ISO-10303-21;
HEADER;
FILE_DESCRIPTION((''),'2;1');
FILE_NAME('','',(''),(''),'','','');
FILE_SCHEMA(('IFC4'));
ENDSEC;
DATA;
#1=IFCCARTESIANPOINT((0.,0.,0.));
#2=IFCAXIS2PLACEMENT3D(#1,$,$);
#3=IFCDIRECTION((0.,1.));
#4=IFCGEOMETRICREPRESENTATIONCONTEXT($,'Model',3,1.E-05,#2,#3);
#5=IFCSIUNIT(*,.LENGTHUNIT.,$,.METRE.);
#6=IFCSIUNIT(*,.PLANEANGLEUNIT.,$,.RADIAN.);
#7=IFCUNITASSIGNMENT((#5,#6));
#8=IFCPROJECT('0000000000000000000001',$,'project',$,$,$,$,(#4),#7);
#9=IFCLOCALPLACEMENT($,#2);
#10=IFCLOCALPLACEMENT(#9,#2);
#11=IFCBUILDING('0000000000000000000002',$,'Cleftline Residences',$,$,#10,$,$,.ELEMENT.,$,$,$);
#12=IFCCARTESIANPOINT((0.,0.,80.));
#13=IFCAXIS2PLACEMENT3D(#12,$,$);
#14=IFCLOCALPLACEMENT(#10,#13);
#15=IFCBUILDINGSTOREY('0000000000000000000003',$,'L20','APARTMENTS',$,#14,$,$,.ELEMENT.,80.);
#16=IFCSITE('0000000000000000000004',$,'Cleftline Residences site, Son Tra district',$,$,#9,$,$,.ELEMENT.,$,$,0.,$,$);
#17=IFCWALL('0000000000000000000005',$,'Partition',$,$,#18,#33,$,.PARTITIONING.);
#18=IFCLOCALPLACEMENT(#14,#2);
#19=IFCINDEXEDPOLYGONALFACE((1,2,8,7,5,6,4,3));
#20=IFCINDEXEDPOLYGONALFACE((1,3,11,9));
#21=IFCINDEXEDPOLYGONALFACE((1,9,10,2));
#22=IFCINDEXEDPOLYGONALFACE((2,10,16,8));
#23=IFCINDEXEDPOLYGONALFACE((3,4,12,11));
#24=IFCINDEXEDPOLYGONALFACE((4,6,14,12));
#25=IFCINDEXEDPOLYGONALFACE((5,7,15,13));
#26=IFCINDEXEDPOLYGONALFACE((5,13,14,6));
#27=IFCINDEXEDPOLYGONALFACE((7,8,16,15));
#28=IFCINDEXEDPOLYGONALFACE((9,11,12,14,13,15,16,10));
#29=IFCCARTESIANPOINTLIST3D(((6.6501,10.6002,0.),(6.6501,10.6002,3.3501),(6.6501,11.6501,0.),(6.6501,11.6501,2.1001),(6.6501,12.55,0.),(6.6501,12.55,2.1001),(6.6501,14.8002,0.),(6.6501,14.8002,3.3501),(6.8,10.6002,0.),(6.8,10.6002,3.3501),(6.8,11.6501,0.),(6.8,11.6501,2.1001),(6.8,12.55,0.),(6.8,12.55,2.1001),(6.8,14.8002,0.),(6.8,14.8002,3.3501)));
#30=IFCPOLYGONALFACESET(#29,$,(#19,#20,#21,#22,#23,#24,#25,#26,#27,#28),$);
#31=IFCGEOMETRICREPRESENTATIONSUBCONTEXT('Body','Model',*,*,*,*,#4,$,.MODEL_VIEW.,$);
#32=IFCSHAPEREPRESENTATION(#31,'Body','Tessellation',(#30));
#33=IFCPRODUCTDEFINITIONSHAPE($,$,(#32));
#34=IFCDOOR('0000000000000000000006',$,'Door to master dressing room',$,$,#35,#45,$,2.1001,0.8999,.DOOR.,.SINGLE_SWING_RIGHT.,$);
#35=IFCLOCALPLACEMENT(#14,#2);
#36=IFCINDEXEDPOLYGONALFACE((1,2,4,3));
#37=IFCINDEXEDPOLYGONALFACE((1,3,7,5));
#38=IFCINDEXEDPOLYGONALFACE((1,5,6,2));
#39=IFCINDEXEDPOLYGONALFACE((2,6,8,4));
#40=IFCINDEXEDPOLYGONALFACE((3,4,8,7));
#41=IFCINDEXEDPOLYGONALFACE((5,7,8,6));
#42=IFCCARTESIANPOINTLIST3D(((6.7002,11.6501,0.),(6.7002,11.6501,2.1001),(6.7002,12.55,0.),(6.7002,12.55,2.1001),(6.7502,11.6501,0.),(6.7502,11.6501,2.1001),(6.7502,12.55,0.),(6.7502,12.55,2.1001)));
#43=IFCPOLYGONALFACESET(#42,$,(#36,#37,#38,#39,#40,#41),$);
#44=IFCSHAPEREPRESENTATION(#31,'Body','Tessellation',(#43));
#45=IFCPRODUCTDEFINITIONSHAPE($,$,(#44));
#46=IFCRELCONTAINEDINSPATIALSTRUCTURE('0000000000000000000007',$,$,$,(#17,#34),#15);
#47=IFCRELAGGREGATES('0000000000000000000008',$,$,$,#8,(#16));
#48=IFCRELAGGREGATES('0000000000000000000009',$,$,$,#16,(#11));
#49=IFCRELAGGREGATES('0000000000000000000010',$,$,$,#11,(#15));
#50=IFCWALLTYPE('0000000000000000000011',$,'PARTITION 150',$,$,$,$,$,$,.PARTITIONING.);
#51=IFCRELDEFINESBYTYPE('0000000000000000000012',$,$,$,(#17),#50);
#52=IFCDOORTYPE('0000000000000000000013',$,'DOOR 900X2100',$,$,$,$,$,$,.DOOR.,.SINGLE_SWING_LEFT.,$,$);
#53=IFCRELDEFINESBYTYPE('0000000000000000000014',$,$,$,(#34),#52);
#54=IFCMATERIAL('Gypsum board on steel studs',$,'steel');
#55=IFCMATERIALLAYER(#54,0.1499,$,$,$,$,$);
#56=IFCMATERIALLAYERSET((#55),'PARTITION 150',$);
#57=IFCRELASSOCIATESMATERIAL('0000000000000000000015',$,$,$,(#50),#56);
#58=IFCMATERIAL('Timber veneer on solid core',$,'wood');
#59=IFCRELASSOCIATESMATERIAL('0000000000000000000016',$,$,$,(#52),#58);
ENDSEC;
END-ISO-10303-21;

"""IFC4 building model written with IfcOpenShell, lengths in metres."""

from ifc_helpers import new_model, si_unit, direction, frame, frame_2d, origin, place, context, subcontext, project, spatial, rectangle, extrude, material, layer, layer_set, type_object, element, fill, save


model = new_model("IFC4")

# Units and contexts
model_context = context("Model", 3, precision=1e-05, world=origin(), true_north=direction((0.0, 1.0)))
body_context = subcontext(model_context, "Body", "Model", "MODEL_VIEW")
ifc_project = project(units=[si_unit("LENGTHUNIT", "METRE"), si_unit("PLANEANGLEUNIT", "RADIAN")], contexts=[model_context])

# Site, building, storey
site_placement = place(None, origin())
site = spatial("IfcSite", under=ifc_project, at=site_placement, Name="Cleftline Residences site, Son Tra district", CompositionType="ELEMENT", RefElevation=0.0)
building_placement = place(site_placement, origin())
building = spatial("IfcBuilding", under=site, at=building_placement, Name="Cleftline Residences", CompositionType="ELEMENT")
storey_placement = place(building_placement, frame((0.0, 0.0, 80.0)))
storey = spatial("IfcBuildingStorey", under=building, at=storey_placement, Name="L20", Description="APARTMENTS", CompositionType="ELEMENT", Elevation=80.0)

# Shared definitions
ifc_material_1 = material(Name="Gypsum board on steel studs", Category="steel")
ifc_layer = layer(ifc_material_1, 0.1499)
ifc_layer_set = layer_set([ifc_layer], Name="PARTITION 150")
wall_type = type_object("IfcWallType", Name="PARTITION 150", PredefinedType="PARTITIONING", material=ifc_layer_set)

# Wall, opening, door
ifc_material_2 = material(Name="Timber veneer on solid core", Category="wood")
door_type_1 = type_object("IfcDoorType", Name="DOOR 900X2100", OperationType="SINGLE_SWING_LEFT", PredefinedType="DOOR", material=ifc_material_2)
wall_1_placement = place(storey_placement, frame((6.7251, 10.6001, 0.0), z_axis=(0.0, 0.0, 1.0), x_axis=(0.0, 1.0, 0.0)))
wall_1 = element("IfcWall", 1, at=wall_1_placement, inside=storey, type_object=wall_type, Name="Partition", PredefinedType="PARTITIONING", context=body_context, shape_type="SweptSolid", body=[
    extrude(rectangle(XDim=4.2, YDim=0.1499, at=frame_2d((2.1001, 0.0))), origin(), (0.0, 0.0, 1.0), 3.3501),
])
opening_1_placement = place(wall_1_placement, frame((1.05, 0.0, 0.0)))
opening_1 = element("IfcOpeningElement", 2, at=opening_1_placement, cuts=wall_1, PredefinedType="OPENING", context=body_context, shape_type="SweptSolid", body=[
    extrude(rectangle(XDim=0.8999, YDim=2.1001, at=frame_2d((0.45, 1.05))), frame((0.0, 0.085, 0.0), z_axis=(0.0, -1.0, 0.0), x_axis=(1.0, 0.0, 0.0)), (0.0, 0.0, 1.0), 0.1699),
])
door_1_placement = place(opening_1_placement, origin())
door_1 = element("IfcDoor", 3, at=door_1_placement, inside=storey, type_object=door_type_1, Name="Door to master dressing room", OperationType="SINGLE_SWING_RIGHT", OverallHeight=2.1001, OverallWidth=0.8999, PredefinedType="DOOR", context=body_context, shape_type="SweptSolid", body=[
    extrude(rectangle(XDim=0.8999, YDim=2.1001, at=frame_2d((0.45, 1.05))), frame((0.0, 0.0249, 0.0), z_axis=(0.0, -1.0, 0.0), x_axis=(1.0, 0.0, 0.0)), (0.0, 0.0, 1.0), 0.05),
])
fill(opening_1, door_1)

save(model, "model.ifc")
